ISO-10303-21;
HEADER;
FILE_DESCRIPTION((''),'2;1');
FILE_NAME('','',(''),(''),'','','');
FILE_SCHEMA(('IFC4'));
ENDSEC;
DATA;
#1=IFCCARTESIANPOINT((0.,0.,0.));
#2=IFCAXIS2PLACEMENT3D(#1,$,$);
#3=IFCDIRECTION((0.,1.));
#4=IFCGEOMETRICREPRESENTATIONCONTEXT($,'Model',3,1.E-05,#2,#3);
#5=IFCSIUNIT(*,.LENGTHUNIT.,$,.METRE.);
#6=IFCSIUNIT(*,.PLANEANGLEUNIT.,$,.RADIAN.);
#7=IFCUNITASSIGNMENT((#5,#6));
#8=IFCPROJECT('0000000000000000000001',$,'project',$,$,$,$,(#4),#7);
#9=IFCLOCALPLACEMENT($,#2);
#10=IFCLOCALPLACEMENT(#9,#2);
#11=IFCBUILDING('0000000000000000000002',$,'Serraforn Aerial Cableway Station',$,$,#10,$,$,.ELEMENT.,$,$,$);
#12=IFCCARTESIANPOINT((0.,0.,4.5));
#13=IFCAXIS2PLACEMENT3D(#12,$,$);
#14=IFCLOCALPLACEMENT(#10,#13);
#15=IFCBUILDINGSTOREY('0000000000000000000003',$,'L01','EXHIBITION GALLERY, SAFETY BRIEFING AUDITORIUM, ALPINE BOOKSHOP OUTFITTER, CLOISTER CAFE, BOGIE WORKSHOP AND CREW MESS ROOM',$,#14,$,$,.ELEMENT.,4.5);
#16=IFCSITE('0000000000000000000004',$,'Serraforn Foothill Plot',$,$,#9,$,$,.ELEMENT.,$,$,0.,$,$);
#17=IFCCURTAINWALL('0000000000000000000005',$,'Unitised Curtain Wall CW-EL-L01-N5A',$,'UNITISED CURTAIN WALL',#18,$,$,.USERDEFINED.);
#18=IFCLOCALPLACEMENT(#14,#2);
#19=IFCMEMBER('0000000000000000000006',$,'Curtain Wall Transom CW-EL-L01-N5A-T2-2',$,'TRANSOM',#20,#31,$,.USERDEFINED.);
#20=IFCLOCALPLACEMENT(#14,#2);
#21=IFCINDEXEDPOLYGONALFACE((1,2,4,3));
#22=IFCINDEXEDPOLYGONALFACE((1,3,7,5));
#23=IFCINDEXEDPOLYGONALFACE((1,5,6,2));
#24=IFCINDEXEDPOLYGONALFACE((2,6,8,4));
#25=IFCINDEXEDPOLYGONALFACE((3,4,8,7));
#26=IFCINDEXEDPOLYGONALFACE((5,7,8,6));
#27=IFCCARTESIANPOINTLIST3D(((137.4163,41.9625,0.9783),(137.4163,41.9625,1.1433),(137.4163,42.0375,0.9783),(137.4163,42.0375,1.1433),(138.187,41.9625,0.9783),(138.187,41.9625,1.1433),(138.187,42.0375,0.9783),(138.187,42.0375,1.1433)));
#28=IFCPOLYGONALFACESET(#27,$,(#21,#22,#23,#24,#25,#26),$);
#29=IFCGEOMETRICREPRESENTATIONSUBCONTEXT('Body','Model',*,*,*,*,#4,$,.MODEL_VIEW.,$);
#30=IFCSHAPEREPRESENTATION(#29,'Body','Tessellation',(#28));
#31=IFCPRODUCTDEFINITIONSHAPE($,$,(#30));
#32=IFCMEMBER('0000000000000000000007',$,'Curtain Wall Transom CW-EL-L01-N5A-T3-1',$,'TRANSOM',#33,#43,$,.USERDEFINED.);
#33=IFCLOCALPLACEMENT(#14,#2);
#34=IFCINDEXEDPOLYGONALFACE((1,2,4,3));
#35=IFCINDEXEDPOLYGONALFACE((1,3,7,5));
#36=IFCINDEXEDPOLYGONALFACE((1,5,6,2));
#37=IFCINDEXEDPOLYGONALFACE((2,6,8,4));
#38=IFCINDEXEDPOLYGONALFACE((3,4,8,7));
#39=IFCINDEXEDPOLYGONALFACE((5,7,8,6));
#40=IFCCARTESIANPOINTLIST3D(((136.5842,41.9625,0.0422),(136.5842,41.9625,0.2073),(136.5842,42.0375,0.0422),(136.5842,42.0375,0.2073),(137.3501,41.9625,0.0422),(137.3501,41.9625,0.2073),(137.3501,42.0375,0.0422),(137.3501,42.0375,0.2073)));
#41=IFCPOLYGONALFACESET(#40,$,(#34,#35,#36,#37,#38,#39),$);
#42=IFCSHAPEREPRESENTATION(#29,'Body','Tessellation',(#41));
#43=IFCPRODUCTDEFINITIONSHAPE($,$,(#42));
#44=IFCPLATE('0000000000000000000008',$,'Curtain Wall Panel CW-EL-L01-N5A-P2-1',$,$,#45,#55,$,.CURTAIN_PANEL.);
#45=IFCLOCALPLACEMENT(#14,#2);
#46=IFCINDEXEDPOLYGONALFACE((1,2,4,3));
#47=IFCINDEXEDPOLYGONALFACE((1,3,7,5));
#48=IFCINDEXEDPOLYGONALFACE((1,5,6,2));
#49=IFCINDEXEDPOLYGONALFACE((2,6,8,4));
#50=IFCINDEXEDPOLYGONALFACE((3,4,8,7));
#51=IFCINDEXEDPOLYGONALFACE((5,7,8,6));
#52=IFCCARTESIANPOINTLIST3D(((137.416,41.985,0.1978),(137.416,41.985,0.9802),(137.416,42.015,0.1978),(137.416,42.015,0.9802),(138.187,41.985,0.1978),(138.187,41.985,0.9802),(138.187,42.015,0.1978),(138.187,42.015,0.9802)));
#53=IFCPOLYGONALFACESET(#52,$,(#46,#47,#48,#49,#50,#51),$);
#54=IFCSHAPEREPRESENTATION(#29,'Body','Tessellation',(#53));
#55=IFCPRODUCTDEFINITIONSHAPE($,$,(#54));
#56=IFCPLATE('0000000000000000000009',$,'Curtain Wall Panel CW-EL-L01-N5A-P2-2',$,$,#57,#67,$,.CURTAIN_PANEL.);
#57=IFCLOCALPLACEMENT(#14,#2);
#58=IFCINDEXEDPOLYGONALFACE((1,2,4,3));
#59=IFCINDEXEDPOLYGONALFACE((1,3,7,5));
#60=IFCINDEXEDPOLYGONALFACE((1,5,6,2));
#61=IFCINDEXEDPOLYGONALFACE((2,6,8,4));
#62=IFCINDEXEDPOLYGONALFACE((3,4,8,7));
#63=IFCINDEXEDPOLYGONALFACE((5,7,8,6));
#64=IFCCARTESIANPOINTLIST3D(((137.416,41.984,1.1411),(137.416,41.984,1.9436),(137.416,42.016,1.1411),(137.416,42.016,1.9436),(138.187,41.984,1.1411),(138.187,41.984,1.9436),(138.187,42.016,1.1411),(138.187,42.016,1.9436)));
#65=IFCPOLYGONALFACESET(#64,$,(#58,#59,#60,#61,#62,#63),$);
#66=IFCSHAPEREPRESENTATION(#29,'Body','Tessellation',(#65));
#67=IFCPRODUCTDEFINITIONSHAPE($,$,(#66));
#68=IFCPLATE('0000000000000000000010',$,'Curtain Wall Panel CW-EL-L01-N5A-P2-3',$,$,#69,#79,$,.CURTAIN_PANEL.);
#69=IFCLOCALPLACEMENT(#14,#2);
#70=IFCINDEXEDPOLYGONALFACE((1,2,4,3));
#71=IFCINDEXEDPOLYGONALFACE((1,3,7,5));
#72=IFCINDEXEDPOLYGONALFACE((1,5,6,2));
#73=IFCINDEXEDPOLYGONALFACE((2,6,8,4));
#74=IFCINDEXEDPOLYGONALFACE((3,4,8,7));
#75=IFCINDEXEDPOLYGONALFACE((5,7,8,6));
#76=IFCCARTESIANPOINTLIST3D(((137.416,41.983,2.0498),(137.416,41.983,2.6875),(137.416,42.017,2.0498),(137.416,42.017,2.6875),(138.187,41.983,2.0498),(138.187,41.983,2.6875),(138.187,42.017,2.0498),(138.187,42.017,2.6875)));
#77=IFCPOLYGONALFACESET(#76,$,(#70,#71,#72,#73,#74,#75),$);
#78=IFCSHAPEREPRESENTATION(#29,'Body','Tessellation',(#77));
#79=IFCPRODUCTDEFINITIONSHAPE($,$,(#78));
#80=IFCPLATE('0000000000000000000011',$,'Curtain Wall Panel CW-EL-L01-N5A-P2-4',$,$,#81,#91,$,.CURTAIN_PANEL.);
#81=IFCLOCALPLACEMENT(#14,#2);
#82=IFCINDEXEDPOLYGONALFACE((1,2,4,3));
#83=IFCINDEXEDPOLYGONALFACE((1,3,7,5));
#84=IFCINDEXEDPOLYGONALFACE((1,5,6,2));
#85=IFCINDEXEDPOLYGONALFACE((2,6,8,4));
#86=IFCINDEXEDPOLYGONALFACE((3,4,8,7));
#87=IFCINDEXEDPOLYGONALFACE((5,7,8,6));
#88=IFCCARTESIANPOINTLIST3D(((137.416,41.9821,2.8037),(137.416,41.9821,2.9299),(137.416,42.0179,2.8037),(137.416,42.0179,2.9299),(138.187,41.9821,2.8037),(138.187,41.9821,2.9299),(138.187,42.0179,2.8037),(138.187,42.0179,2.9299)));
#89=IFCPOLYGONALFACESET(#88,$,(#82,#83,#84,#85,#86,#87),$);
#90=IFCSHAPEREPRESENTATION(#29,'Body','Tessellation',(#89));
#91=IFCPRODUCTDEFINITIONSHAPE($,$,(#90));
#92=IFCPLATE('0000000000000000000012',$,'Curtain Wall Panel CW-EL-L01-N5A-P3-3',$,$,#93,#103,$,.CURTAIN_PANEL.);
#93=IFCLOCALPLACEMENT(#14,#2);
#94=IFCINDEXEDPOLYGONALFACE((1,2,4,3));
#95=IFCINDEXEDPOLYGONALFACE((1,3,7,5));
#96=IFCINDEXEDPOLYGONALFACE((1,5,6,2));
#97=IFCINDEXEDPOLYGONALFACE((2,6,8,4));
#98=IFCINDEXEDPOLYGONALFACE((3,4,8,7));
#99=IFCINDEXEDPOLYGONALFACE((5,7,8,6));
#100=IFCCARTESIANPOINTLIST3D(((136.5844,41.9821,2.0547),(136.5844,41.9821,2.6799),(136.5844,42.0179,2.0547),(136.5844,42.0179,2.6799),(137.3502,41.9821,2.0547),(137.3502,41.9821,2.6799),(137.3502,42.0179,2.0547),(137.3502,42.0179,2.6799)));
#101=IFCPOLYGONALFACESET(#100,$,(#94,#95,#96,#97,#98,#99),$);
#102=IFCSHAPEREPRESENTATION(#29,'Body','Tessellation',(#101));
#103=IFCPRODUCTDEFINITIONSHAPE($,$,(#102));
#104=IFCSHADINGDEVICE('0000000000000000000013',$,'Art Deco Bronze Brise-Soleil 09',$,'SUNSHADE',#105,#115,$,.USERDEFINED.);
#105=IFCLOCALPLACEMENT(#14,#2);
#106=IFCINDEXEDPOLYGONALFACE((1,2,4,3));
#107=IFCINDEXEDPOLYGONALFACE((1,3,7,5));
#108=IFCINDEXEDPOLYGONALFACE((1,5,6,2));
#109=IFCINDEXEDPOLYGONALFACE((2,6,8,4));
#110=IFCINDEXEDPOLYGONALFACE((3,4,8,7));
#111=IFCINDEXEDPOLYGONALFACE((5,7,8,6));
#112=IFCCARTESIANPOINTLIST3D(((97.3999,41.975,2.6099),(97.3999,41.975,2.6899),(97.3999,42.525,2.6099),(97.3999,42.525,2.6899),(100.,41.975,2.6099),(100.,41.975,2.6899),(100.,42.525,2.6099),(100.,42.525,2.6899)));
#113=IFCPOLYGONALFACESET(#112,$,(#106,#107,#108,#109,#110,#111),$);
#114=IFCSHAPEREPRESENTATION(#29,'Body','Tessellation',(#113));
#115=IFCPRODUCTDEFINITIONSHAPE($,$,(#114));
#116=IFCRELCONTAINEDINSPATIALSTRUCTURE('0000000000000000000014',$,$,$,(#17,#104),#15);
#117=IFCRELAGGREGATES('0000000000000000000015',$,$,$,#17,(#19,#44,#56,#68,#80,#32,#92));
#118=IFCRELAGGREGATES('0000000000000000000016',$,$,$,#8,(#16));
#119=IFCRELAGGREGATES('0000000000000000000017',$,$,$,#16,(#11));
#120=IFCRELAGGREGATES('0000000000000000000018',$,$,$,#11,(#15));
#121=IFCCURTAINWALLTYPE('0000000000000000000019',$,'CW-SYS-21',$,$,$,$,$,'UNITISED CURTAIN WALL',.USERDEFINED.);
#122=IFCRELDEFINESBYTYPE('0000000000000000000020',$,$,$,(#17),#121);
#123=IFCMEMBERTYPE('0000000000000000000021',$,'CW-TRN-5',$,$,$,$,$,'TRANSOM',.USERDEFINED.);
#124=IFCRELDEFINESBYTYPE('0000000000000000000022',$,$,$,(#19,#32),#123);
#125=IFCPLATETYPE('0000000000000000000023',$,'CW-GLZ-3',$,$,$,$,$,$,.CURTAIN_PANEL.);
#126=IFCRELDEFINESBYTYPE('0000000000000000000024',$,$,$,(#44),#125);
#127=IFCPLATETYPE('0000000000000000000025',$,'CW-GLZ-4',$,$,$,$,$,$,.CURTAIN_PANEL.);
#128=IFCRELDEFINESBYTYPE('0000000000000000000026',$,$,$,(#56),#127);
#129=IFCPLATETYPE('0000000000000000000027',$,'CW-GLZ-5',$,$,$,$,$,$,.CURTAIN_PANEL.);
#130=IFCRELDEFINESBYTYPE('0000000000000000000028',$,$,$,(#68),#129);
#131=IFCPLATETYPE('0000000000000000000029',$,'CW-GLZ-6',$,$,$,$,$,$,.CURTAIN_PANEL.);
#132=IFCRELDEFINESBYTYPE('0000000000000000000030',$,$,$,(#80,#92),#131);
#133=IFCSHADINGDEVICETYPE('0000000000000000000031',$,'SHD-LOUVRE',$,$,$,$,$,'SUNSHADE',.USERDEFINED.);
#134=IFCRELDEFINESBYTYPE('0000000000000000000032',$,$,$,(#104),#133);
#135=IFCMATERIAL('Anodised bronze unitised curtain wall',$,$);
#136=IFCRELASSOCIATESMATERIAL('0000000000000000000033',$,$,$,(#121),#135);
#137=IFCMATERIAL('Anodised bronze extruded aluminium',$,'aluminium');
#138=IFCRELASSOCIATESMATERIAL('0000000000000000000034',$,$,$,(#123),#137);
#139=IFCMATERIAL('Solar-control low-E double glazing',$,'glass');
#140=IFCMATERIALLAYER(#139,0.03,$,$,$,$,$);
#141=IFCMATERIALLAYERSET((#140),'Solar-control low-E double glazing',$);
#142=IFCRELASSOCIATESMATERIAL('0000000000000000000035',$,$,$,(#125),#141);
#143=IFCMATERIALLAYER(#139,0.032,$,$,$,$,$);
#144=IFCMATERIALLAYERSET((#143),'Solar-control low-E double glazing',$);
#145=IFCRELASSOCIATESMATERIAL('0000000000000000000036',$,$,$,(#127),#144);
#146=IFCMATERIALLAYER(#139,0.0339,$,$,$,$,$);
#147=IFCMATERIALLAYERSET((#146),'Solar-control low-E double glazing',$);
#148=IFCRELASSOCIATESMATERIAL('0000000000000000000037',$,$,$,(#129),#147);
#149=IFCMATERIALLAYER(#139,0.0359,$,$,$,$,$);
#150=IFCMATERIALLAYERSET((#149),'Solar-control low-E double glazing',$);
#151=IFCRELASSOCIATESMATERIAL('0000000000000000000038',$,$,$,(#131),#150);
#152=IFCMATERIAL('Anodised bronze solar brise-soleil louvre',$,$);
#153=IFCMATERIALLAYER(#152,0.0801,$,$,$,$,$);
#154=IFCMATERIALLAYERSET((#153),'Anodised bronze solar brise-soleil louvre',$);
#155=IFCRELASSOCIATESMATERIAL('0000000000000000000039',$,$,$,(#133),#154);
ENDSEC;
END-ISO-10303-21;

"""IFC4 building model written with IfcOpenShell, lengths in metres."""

from ifc_helpers import new_model, si_unit, direction, frame, origin, origin_2d, place, context, subcontext, project, spatial, rectangle, extrude, material, layer, layer_set, material_profile, profile_set, type_object, element, aggregate, save


model = new_model("IFC4")

# Units and contexts
model_context = context("Model", 3, precision=1e-05, world=origin(), true_north=direction((0.0, 1.0)))
body_context = subcontext(model_context, "Body", "Model", "MODEL_VIEW")
ifc_project = project(units=[si_unit("LENGTHUNIT", "METRE"), si_unit("PLANEANGLEUNIT", "RADIAN")], contexts=[model_context])

# Site, building, storey
site_placement = place(None, origin())
site = spatial("IfcSite", under=ifc_project, at=site_placement, Name="Serraforn Foothill Plot", CompositionType="ELEMENT", RefElevation=0.0)
building_placement = place(site_placement, origin())
building = spatial("IfcBuilding", under=site, at=building_placement, Name="Serraforn Aerial Cableway Station", CompositionType="ELEMENT")
storey_placement = place(building_placement, frame((0.0, 0.0, 4.5)))
storey = spatial("IfcBuildingStorey", under=building, at=storey_placement, Name="L01", Description="EXHIBITION GALLERY, SAFETY BRIEFING AUDITORIUM, ALPINE BOOKSHOP OUTFITTER, CLOISTER CAFE, BOGIE WORKSHOP AND CREW MESS ROOM", CompositionType="ELEMENT", Elevation=4.5)

# Curtain wall, members, plates
ifc_material_1 = material(Name="Anodised bronze unitised curtain wall")
curtain_wall_type = type_object("IfcCurtainWallType", Name="CW-SYS-21", ElementType="UNITISED CURTAIN WALL", PredefinedType="USERDEFINED", material=ifc_material_1)
curtain_wall_placement = place(storey_placement, origin())
curtain_wall = element("IfcCurtainWall", 1, at=curtain_wall_placement, inside=storey, type_object=curtain_wall_type, Name="Unitised Curtain Wall CW-EL-L01-N5A", ObjectType="UNITISED CURTAIN WALL", PredefinedType="USERDEFINED")
ifc_material_2 = material(Name="Anodised bronze extruded aluminium", Category="aluminium")
ifc_material_profile_1 = material_profile(ifc_material_2, rectangle(XDim=0.075, YDim=0.165, at=origin_2d()), Name="CW TRANSOM 75x165")
ifc_profile_set_1 = profile_set([ifc_material_profile_1], Name="Anodised bronze extruded aluminium")
member_type_1 = type_object("IfcMemberType", Name="CW-TRN-5", ElementType="TRANSOM", PredefinedType="USERDEFINED", material=ifc_profile_set_1)
member_1_placement = place(storey_placement, frame((138.187, 42.0, 1.0608), z_axis=(-1.0, 0.0, 0.0), x_axis=(0.0, -1.0, 0.0)))
member_1 = element("IfcMember", 2, at=member_1_placement, type_object=member_type_1, Name="Curtain Wall Transom CW-EL-L01-N5A-T2-2", ObjectType="TRANSOM", PredefinedType="USERDEFINED", context=body_context, shape_type="SweptSolid", body=[
    extrude(rectangle(XDim=0.075, YDim=0.165, at=origin_2d()), origin(), (0.0, 0.0, 1.0), 0.7708),
])
member_2_placement = place(storey_placement, frame((137.3501, 42.0, 0.1248), z_axis=(-1.0, 0.0, 0.0), x_axis=(0.0, -1.0, 0.0)))
member_2 = element("IfcMember", 3, at=member_2_placement, type_object=member_type_1, Name="Curtain Wall Transom CW-EL-L01-N5A-T3-1", ObjectType="TRANSOM", PredefinedType="USERDEFINED", context=body_context, shape_type="SweptSolid", body=[
    extrude(rectangle(XDim=0.075, YDim=0.165, at=origin_2d()), origin(), (0.0, 0.0, 1.0), 0.7659),
])
ifc_material_3 = material(Name="Solar-control low-E double glazing", Category="glass")
ifc_layer_1 = layer(ifc_material_3, 0.03)
ifc_layer_set_1 = layer_set([ifc_layer_1], Name="Solar-control low-E double glazing")
plate_type_1 = type_object("IfcPlateType", Name="CW-GLZ-3", PredefinedType="CURTAIN_PANEL", material=ifc_layer_set_1)
plate_1_placement = place(storey_placement, frame((137.8015, 42.0, 0.1978), z_axis=(0.0, 0.0, 1.0), x_axis=(1.0, 0.0, 0.0)))
plate_1 = element("IfcPlate", 4, at=plate_1_placement, type_object=plate_type_1, Name="Curtain Wall Panel CW-EL-L01-N5A-P2-1", PredefinedType="CURTAIN_PANEL", context=body_context, shape_type="SweptSolid", body=[
    extrude(rectangle(XDim=0.771, YDim=0.03, at=origin_2d()), origin(), (0.0, 0.0, 1.0), 0.7825),
])
ifc_layer_2 = layer(ifc_material_3, 0.032)
ifc_layer_set_2 = layer_set([ifc_layer_2], Name="Solar-control low-E double glazing")
plate_type_2 = type_object("IfcPlateType", Name="CW-GLZ-4", PredefinedType="CURTAIN_PANEL", material=ifc_layer_set_2)
plate_2_placement = place(storey_placement, frame((137.8015, 42.0, 1.1411), z_axis=(0.0, 0.0, 1.0), x_axis=(1.0, 0.0, 0.0)))
plate_2 = element("IfcPlate", 5, at=plate_2_placement, type_object=plate_type_2, Name="Curtain Wall Panel CW-EL-L01-N5A-P2-2", PredefinedType="CURTAIN_PANEL", context=body_context, shape_type="SweptSolid", body=[
    extrude(rectangle(XDim=0.771, YDim=0.032, at=origin_2d()), origin(), (0.0, 0.0, 1.0), 0.8025),
])
ifc_layer_3 = layer(ifc_material_3, 0.0339)
ifc_layer_set_3 = layer_set([ifc_layer_3], Name="Solar-control low-E double glazing")
plate_type_3 = type_object("IfcPlateType", Name="CW-GLZ-5", PredefinedType="CURTAIN_PANEL", material=ifc_layer_set_3)
plate_3_placement = place(storey_placement, frame((137.8015, 42.0, 2.0498), z_axis=(0.0, 0.0, 1.0), x_axis=(1.0, 0.0, 0.0)))
plate_3 = element("IfcPlate", 6, at=plate_3_placement, type_object=plate_type_3, Name="Curtain Wall Panel CW-EL-L01-N5A-P2-3", PredefinedType="CURTAIN_PANEL", context=body_context, shape_type="SweptSolid", body=[
    extrude(rectangle(XDim=0.771, YDim=0.0339, at=origin_2d()), origin(), (0.0, 0.0, 1.0), 0.6377),
])
ifc_layer_4 = layer(ifc_material_3, 0.0359)
ifc_layer_set_4 = layer_set([ifc_layer_4], Name="Solar-control low-E double glazing")
plate_type_4 = type_object("IfcPlateType", Name="CW-GLZ-6", PredefinedType="CURTAIN_PANEL", material=ifc_layer_set_4)
plate_4_placement = place(storey_placement, frame((137.8015, 42.0, 2.8037), z_axis=(0.0, 0.0, 1.0), x_axis=(1.0, 0.0, 0.0)))
plate_4 = element("IfcPlate", 7, at=plate_4_placement, type_object=plate_type_4, Name="Curtain Wall Panel CW-EL-L01-N5A-P2-4", PredefinedType="CURTAIN_PANEL", context=body_context, shape_type="SweptSolid", body=[
    extrude(rectangle(XDim=0.771, YDim=0.0359, at=origin_2d()), origin(), (0.0, 0.0, 1.0), 0.1262),
])
plate_5_placement = place(storey_placement, frame((136.9673, 42.0, 2.0547), z_axis=(0.0, 0.0, 1.0), x_axis=(1.0, 0.0, 0.0)))
plate_5 = element("IfcPlate", 8, at=plate_5_placement, type_object=plate_type_4, Name="Curtain Wall Panel CW-EL-L01-N5A-P3-3", PredefinedType="CURTAIN_PANEL", context=body_context, shape_type="SweptSolid", body=[
    extrude(rectangle(XDim=0.7659, YDim=0.0359, at=origin_2d()), origin(), (0.0, 0.0, 1.0), 0.6252),
])
aggregate(curtain_wall, [member_1, plate_1, plate_2, plate_3, plate_4, member_2, plate_5])

# Shading device
ifc_material_4 = material(Name="Anodised bronze solar brise-soleil louvre")
ifc_layer_5 = layer(ifc_material_4, 0.0801)
ifc_layer_set_5 = layer_set([ifc_layer_5], Name="Anodised bronze solar brise-soleil louvre")
shading_device_type = type_object("IfcShadingDeviceType", Name="SHD-LOUVRE", ElementType="SUNSHADE", PredefinedType="USERDEFINED", material=ifc_layer_set_5)
shading_device_placement = place(storey_placement, frame((98.7, 42.25, 2.6099), z_axis=(0.0, 0.0, 1.0), x_axis=(1.0, 0.0, 0.0)))
element("IfcShadingDevice", 9, at=shading_device_placement, inside=storey, type_object=shading_device_type, Name="Art Deco Bronze Brise-Soleil 09", ObjectType="SUNSHADE", PredefinedType="USERDEFINED", context=body_context, shape_type="SweptSolid", body=[
    extrude(rectangle(XDim=2.6001, YDim=0.55, at=origin_2d()), origin(), (0.0, 0.0, 1.0), 0.0801),
])

save(model, "model.ifc")
